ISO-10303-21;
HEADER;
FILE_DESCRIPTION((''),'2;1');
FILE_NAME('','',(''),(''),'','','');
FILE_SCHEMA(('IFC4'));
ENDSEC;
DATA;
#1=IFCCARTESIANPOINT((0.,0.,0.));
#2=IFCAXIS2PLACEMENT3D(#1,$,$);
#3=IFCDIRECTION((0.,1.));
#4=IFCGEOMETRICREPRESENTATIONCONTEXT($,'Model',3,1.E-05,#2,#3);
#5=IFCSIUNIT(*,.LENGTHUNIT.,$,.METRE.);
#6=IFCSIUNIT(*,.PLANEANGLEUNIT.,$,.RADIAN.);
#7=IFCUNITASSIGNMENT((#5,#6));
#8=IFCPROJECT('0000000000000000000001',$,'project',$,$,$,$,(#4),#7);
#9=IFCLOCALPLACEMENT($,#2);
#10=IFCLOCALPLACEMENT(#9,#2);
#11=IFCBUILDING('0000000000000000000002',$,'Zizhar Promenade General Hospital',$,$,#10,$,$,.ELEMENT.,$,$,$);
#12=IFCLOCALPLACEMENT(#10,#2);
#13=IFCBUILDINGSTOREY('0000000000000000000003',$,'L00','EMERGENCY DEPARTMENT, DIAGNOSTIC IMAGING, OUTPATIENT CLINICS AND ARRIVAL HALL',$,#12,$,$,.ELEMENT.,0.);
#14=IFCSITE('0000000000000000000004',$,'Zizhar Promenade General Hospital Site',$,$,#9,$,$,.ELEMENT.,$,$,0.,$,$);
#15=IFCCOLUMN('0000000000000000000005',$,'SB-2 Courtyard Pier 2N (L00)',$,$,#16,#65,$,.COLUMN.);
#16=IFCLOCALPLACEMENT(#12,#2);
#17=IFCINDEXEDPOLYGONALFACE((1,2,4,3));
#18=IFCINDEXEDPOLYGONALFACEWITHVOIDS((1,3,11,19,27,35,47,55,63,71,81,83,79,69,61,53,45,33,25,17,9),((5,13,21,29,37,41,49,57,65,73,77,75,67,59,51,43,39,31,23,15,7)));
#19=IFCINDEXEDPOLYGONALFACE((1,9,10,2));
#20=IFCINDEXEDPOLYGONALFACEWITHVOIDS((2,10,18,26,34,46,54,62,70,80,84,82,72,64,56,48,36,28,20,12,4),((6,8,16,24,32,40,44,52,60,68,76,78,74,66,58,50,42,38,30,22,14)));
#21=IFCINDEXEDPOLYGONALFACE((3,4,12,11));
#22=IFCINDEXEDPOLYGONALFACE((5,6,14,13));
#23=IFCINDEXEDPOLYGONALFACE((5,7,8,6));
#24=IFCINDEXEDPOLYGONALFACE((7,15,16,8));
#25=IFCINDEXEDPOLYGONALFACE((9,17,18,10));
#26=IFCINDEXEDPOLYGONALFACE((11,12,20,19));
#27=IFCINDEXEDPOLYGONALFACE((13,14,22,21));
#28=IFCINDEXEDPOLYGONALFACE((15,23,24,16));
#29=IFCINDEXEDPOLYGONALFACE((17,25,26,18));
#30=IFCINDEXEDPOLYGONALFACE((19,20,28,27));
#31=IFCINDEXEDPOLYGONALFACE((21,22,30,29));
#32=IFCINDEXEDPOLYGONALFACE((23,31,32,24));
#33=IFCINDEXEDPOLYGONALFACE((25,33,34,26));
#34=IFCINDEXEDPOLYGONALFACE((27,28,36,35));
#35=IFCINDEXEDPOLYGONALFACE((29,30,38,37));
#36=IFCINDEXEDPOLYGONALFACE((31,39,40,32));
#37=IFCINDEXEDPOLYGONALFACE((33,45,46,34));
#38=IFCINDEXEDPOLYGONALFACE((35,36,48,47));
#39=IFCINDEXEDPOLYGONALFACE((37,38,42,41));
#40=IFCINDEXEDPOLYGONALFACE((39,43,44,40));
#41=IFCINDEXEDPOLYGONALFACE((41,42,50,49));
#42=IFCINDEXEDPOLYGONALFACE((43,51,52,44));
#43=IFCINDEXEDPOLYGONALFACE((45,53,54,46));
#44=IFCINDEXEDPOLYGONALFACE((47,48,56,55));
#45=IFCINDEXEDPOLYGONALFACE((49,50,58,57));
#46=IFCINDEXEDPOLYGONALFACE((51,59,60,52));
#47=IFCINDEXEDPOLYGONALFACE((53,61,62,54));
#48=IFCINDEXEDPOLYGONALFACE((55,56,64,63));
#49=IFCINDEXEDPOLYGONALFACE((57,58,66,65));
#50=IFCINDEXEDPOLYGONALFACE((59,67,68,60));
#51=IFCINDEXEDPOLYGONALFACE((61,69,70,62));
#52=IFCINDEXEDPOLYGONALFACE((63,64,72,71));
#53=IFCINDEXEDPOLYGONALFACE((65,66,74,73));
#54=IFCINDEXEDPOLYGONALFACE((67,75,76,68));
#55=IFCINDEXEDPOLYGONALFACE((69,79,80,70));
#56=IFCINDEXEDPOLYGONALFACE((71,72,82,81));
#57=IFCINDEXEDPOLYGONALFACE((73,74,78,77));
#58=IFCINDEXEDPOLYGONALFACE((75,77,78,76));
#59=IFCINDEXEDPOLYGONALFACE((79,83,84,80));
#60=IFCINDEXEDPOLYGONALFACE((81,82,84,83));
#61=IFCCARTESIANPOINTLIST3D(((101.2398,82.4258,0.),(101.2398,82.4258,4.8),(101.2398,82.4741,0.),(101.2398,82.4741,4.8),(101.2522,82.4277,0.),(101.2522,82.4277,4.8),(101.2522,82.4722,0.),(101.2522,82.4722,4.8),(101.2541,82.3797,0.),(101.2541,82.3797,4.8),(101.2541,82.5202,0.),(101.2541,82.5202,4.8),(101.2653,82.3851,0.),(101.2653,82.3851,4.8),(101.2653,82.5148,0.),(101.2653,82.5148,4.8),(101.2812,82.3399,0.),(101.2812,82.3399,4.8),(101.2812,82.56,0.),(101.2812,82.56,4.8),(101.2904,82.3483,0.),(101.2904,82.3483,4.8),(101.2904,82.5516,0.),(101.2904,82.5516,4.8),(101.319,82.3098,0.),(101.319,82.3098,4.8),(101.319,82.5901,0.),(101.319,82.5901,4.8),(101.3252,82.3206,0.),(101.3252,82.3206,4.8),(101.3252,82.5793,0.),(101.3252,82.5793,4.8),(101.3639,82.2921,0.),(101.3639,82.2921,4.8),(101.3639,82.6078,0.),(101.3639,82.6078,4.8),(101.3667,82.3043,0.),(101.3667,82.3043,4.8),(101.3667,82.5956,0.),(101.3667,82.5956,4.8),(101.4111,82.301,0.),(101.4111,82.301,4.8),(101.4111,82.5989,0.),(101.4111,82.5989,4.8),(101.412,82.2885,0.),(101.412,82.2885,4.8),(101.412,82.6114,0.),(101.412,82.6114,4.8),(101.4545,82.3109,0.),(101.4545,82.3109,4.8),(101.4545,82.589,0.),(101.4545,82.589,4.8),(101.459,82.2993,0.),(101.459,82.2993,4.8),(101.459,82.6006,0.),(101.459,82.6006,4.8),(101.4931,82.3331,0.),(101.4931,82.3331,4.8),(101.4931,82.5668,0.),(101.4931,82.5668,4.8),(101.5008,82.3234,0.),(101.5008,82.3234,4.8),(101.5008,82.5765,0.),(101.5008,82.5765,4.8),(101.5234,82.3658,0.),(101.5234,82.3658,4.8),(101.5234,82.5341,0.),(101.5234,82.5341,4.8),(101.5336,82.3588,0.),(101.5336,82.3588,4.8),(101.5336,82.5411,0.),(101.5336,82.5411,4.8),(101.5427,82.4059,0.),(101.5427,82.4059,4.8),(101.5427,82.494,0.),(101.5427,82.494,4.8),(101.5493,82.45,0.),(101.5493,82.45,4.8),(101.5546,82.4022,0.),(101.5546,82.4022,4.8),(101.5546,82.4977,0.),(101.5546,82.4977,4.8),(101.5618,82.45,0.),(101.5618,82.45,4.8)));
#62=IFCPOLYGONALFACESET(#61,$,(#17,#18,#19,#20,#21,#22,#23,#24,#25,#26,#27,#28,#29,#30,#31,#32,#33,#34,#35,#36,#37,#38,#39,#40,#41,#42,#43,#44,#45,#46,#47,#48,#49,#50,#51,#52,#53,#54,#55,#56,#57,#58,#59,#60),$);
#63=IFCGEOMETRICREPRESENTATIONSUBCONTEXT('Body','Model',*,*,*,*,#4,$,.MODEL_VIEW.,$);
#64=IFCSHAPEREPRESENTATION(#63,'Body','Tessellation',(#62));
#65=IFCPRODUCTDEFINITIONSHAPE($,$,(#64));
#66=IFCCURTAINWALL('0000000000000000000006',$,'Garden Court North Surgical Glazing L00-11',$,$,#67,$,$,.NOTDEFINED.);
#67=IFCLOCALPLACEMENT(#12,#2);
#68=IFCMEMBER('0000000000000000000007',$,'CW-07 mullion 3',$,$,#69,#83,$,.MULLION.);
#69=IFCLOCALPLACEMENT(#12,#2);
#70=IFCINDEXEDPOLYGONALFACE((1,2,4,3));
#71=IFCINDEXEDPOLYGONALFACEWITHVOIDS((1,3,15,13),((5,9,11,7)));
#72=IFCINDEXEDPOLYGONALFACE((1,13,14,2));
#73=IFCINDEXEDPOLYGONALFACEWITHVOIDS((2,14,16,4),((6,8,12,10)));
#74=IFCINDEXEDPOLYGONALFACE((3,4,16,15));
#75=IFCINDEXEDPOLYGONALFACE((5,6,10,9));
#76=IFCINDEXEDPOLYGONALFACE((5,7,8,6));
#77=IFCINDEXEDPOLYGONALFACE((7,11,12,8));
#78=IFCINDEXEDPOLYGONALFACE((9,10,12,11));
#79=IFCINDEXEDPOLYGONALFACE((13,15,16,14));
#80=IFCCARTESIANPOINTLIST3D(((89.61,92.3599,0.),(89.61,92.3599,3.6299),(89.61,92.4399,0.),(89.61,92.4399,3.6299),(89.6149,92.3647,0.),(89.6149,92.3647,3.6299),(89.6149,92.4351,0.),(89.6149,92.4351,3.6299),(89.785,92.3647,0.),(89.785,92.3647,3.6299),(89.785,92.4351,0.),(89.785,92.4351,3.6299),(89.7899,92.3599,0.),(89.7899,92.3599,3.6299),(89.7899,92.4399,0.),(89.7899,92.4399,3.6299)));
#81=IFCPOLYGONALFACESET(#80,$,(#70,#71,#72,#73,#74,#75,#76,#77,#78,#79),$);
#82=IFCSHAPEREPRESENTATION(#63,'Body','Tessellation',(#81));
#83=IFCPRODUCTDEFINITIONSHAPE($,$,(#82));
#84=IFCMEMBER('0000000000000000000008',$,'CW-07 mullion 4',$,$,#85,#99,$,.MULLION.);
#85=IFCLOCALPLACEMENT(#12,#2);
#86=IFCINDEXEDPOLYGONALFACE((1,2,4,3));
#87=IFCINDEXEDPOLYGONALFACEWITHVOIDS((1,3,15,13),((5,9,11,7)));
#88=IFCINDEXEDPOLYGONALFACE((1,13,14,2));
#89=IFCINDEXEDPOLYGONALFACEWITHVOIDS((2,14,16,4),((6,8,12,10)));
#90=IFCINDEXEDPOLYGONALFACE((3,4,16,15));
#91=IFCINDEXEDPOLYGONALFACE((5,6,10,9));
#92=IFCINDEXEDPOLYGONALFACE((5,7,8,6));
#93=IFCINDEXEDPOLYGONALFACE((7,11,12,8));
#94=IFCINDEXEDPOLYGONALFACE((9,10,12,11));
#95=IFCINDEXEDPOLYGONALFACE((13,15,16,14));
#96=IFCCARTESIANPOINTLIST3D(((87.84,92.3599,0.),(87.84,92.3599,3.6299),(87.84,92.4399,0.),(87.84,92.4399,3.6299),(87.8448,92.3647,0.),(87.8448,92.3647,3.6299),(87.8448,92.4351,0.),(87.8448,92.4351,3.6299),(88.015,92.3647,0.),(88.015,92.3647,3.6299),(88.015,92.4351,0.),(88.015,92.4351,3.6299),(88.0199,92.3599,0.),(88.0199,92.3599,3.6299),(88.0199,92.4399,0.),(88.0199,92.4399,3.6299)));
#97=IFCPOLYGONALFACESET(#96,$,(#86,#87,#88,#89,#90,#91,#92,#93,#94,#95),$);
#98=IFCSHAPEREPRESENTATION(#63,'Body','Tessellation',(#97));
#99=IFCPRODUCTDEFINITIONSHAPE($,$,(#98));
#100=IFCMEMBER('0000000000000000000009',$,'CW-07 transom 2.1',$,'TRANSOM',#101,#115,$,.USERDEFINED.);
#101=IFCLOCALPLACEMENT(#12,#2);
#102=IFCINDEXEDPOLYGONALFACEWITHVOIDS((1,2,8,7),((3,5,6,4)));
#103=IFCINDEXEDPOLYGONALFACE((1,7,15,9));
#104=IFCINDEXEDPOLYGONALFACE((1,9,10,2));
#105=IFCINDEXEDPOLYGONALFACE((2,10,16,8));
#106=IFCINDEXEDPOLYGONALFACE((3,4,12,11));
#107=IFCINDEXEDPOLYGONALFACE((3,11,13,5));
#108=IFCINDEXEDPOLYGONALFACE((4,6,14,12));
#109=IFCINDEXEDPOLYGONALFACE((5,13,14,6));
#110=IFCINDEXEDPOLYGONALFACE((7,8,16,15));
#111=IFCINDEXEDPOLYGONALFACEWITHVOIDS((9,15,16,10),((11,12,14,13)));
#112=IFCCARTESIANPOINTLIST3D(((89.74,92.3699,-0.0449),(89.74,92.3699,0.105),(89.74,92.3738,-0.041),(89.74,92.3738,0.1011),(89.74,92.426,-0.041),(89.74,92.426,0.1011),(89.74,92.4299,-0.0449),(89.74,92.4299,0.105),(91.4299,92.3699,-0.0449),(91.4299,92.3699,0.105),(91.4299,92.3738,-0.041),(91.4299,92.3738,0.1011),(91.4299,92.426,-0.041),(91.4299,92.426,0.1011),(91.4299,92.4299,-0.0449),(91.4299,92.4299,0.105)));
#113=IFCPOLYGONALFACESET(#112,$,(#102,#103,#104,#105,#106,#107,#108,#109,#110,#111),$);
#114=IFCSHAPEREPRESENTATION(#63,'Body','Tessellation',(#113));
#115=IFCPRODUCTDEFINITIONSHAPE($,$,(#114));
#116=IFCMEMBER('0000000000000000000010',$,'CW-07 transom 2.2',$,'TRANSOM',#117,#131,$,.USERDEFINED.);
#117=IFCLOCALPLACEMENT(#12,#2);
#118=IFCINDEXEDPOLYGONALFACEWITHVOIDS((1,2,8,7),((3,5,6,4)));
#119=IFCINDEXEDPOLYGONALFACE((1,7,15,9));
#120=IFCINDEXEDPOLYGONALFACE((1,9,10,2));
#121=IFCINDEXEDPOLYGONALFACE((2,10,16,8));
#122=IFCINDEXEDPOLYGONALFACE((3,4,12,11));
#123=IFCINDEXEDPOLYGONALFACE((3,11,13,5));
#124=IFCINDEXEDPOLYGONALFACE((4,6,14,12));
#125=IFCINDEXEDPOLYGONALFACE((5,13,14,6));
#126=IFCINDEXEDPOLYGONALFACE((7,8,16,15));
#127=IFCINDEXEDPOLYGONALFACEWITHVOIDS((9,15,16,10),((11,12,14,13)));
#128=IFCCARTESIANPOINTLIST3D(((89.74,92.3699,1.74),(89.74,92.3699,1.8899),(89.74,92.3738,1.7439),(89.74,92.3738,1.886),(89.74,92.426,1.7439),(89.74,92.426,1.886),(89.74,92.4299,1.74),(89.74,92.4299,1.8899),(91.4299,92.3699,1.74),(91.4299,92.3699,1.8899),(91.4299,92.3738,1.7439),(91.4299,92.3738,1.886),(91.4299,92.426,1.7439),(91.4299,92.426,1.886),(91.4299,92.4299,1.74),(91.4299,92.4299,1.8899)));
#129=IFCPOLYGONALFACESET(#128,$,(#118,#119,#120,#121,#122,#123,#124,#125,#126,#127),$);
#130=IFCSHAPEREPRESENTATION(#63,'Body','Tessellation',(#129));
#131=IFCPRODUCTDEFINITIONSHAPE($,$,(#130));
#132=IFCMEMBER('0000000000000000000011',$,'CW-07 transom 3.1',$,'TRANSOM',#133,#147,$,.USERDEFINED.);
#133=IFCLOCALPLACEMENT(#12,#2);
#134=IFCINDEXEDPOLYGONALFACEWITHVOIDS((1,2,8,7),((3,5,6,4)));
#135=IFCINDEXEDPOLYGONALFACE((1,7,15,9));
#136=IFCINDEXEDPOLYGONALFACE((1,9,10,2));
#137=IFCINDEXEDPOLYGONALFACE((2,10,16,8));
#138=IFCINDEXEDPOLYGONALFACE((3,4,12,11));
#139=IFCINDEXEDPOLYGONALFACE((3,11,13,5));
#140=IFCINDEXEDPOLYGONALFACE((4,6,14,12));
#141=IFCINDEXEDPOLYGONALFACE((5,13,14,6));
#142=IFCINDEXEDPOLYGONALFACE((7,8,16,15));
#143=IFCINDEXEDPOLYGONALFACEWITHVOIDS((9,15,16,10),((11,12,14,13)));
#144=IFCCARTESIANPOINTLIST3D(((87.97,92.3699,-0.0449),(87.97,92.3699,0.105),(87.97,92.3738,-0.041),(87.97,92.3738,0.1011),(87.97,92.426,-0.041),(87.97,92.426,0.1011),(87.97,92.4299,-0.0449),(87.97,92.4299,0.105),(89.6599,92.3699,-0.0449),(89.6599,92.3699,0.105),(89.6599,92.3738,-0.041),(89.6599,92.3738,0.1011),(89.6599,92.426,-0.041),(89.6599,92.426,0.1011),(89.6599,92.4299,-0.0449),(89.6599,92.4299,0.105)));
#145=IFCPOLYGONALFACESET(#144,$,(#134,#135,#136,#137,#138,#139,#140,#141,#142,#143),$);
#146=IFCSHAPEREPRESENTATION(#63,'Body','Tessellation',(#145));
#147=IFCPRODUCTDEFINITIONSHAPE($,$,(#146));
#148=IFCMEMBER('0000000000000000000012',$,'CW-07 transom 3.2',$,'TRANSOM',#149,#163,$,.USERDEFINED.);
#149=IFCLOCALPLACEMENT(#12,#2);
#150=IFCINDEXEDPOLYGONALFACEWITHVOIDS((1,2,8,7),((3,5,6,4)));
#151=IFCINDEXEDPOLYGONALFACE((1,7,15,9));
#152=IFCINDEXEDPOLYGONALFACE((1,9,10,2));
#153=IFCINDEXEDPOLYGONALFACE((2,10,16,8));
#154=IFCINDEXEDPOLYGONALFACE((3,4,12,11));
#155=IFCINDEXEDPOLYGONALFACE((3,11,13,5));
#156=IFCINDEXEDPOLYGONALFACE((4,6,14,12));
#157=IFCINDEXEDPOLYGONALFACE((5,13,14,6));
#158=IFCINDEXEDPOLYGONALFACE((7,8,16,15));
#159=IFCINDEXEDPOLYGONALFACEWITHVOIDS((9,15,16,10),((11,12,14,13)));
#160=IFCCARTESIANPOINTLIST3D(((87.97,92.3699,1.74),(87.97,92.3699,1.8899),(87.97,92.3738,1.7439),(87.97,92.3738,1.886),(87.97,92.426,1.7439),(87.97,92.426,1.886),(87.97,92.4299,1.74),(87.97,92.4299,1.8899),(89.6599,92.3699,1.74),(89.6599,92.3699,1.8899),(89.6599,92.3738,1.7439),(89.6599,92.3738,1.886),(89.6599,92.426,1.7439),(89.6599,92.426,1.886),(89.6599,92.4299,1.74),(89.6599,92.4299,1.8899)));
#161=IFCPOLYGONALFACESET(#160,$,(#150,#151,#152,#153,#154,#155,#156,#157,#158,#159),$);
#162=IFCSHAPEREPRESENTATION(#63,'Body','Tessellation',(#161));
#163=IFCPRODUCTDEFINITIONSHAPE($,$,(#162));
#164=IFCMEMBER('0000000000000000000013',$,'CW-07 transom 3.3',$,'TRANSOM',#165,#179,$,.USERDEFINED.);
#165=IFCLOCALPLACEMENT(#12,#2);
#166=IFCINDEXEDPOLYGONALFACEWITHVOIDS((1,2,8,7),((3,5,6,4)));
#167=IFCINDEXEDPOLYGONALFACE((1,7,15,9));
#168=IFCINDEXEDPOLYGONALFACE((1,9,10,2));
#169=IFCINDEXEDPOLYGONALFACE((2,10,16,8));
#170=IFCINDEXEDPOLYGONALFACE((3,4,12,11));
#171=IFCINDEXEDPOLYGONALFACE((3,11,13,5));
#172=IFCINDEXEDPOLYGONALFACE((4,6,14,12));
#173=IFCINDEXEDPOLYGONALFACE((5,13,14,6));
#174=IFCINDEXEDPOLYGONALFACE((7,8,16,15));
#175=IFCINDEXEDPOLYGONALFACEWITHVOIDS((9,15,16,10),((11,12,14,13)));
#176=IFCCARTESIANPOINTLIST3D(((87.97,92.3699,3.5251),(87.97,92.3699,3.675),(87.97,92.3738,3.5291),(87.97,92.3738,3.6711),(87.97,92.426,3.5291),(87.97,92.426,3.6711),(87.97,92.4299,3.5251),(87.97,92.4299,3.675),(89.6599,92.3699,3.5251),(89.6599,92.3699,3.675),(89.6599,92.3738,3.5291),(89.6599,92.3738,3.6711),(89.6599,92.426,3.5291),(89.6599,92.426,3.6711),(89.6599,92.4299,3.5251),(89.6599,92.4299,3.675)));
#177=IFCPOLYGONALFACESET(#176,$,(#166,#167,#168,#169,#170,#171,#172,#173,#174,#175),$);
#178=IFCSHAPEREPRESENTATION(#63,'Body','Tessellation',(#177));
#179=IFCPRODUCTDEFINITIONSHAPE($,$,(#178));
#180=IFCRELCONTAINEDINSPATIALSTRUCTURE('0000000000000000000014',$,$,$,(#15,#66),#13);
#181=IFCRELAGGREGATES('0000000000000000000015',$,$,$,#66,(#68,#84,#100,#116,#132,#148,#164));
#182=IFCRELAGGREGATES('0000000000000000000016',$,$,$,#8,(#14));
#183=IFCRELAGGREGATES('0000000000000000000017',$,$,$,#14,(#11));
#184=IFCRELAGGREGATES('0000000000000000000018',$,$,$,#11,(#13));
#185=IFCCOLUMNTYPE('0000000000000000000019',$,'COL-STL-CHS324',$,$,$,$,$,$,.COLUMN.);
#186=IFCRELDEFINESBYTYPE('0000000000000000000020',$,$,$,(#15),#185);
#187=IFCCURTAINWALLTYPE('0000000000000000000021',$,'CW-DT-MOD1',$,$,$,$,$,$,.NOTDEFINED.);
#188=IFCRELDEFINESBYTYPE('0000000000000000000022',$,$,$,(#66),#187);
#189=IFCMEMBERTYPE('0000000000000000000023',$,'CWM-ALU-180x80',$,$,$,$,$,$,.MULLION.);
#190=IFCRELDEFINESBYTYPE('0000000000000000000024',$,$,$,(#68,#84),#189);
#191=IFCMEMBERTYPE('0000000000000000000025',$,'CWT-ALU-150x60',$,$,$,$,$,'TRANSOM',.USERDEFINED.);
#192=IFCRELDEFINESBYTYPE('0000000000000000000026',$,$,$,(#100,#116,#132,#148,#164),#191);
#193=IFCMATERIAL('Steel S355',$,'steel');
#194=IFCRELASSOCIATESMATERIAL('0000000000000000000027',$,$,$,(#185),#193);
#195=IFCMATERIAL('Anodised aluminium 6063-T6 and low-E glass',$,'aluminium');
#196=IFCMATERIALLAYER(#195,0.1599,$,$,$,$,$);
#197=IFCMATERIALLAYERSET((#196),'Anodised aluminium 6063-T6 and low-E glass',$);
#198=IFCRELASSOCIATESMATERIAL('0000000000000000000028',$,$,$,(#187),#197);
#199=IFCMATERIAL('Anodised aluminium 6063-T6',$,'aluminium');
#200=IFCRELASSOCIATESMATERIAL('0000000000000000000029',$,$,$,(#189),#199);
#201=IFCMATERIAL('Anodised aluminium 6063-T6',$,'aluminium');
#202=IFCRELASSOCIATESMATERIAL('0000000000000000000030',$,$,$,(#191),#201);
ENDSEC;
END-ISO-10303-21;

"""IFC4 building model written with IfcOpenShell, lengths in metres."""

from ifc_helpers import new_model, si_unit, direction, frame, origin, origin_2d, place, context, subcontext, project, spatial, hollow_rectangle, hollow_circle, extrude, material, layer, layer_set, material_profile, profile_set, type_object, element, aggregate, save


model = new_model("IFC4")

# Units and contexts
model_context = context("Model", 3, precision=1e-05, world=origin(), true_north=direction((0.0, 1.0)))
body_context = subcontext(model_context, "Body", "Model", "MODEL_VIEW")
ifc_project = project(units=[si_unit("LENGTHUNIT", "METRE"), si_unit("PLANEANGLEUNIT", "RADIAN")], contexts=[model_context])

# Site, building, storey
site_placement = place(None, origin())
site = spatial("IfcSite", under=ifc_project, at=site_placement, Name="Zizhar Promenade General Hospital Site", CompositionType="ELEMENT", RefElevation=0.0)
building_placement = place(site_placement, origin())
building = spatial("IfcBuilding", under=site, at=building_placement, Name="Zizhar Promenade General Hospital", CompositionType="ELEMENT")
storey_placement = place(building_placement, origin())
storey = spatial("IfcBuildingStorey", under=building, at=storey_placement, Name="L00", Description="EMERGENCY DEPARTMENT, DIAGNOSTIC IMAGING, OUTPATIENT CLINICS AND ARRIVAL HALL", CompositionType="ELEMENT", Elevation=0.0)

# Column
ifc_material_1 = material(Name="Steel S355", Category="steel")
ifc_material_profile_1 = material_profile(ifc_material_1, hollow_circle(Radius=0.1619, WallThickness=0.0125, at=origin_2d()))
ifc_profile_set_1 = profile_set([ifc_material_profile_1], Name="Steel S355")
column_type = type_object("IfcColumnType", Name="COL-STL-CHS324", PredefinedType="COLUMN", material=ifc_profile_set_1)
for number, where, z_axis, x_axis, name in (
    (1, (101.3999, 82.45, 0.0), (0.0, 0.0, 1.0), (1.0, 0.0, 0.0), "SB-2 Courtyard Pier 2N (L00)"),
):
    element("IfcColumn", number, at=place(storey_placement, frame(where, z_axis=z_axis, x_axis=x_axis)), inside=storey, type_object=column_type, Name=name, PredefinedType="COLUMN", context=body_context, shape_type="SweptSolid", body=[
        extrude(hollow_circle(Radius=0.1619, WallThickness=0.0125, at=origin_2d()), origin(), (0.0, 0.0, 1.0), 4.8),
    ])

# Curtain wall, members
ifc_material_2 = material(Name="Anodised aluminium 6063-T6 and low-E glass", Category="aluminium")
ifc_layer_1 = layer(ifc_material_2, 0.1599)
ifc_layer_set_1 = layer_set([ifc_layer_1], Name="Anodised aluminium 6063-T6 and low-E glass")
curtain_wall_type = type_object("IfcCurtainWallType", Name="CW-DT-MOD1", PredefinedType="NOTDEFINED", material=ifc_layer_set_1)
curtain_wall_placement = place(storey_placement, origin())
curtain_wall = element("IfcCurtainWall", 2, at=curtain_wall_placement, inside=storey, type_object=curtain_wall_type, Name="Garden Court North Surgical Glazing L00-11", PredefinedType="NOTDEFINED")
ifc_material_3 = material(Name="Anodised aluminium 6063-T6", Category="aluminium")
ifc_material_profile_2 = material_profile(ifc_material_3, hollow_rectangle(XDim=0.0801, YDim=0.1799, WallThickness=0.0049, at=origin_2d()))
ifc_profile_set_2 = profile_set([ifc_material_profile_2], Name="Anodised aluminium 6063-T6")
member_type_1 = type_object("IfcMemberType", Name="CWM-ALU-180x80", PredefinedType="MULLION", material=ifc_profile_set_2)
member_1_placement = place(storey_placement, frame((89.7, 92.3999, 0.0), z_axis=(0.0, 0.0, 1.0), x_axis=(0.0, -1.0, 0.0)))
member_1 = element("IfcMember", 3, at=member_1_placement, type_object=member_type_1, Name="CW-07 mullion 3", PredefinedType="MULLION", context=body_context, shape_type="SweptSolid", body=[
    extrude(hollow_rectangle(XDim=0.0801, YDim=0.1799, WallThickness=0.0049, at=origin_2d()), origin(), (0.0, 0.0, 1.0), 3.6299),
])
member_2_placement = place(storey_placement, frame((87.9299, 92.3999, 0.0), z_axis=(0.0, 0.0, 1.0), x_axis=(0.0, -1.0, 0.0)))
member_2 = element("IfcMember", 4, at=member_2_placement, type_object=member_type_1, Name="CW-07 mullion 4", PredefinedType="MULLION", context=body_context, shape_type="SweptSolid", body=[
    extrude(hollow_rectangle(XDim=0.0801, YDim=0.1799, WallThickness=0.0049, at=origin_2d()), origin(), (0.0, 0.0, 1.0), 3.6299),
])
ifc_material_4 = material(Name="Anodised aluminium 6063-T6", Category="aluminium")
ifc_material_profile_3 = material_profile(ifc_material_4, hollow_rectangle(XDim=0.0601, YDim=0.1499, WallThickness=0.0039, at=origin_2d()))
ifc_profile_set_3 = profile_set([ifc_material_profile_3], Name="Anodised aluminium 6063-T6")
member_type_2 = type_object("IfcMemberType", Name="CWT-ALU-150x60", ElementType="TRANSOM", PredefinedType="USERDEFINED", material=ifc_profile_set_3)
member_3_placement = place(storey_placement, frame((91.4299, 92.3999, 0.03), z_axis=(-1.0, 0.0, 0.0), x_axis=(0.0, -1.0, 0.0)))
member_3 = element("IfcMember", 5, at=member_3_placement, type_object=member_type_2, Name="CW-07 transom 2.1", ObjectType="TRANSOM", PredefinedType="USERDEFINED", context=body_context, shape_type="SweptSolid", body=[
    extrude(hollow_rectangle(XDim=0.0601, YDim=0.1499, WallThickness=0.0039, at=origin_2d()), origin(), (0.0, 0.0, 1.0), 1.6899),
])
member_4_placement = place(storey_placement, frame((91.4299, 92.3999, 1.8149), z_axis=(-1.0, 0.0, 0.0), x_axis=(0.0, -1.0, 0.0)))
member_4 = element("IfcMember", 6, at=member_4_placement, type_object=member_type_2, Name="CW-07 transom 2.2", ObjectType="TRANSOM", PredefinedType="USERDEFINED", context=body_context, shape_type="SweptSolid", body=[
    extrude(hollow_rectangle(XDim=0.0601, YDim=0.1499, WallThickness=0.0039, at=origin_2d()), origin(), (0.0, 0.0, 1.0), 1.6899),
])
member_5_placement = place(storey_placement, frame((89.6599, 92.3999, 0.03), z_axis=(-1.0, 0.0, 0.0), x_axis=(0.0, -1.0, 0.0)))
member_5 = element("IfcMember", 7, at=member_5_placement, type_object=member_type_2, Name="CW-07 transom 3.1", ObjectType="TRANSOM", PredefinedType="USERDEFINED", context=body_context, shape_type="SweptSolid", body=[
    extrude(hollow_rectangle(XDim=0.0601, YDim=0.1499, WallThickness=0.0039, at=origin_2d()), origin(), (0.0, 0.0, 1.0), 1.6899),
])
member_6_placement = place(storey_placement, frame((89.6599, 92.3999, 1.8149), z_axis=(-1.0, 0.0, 0.0), x_axis=(0.0, -1.0, 0.0)))
member_6 = element("IfcMember", 8, at=member_6_placement, type_object=member_type_2, Name="CW-07 transom 3.2", ObjectType="TRANSOM", PredefinedType="USERDEFINED", context=body_context, shape_type="SweptSolid", body=[
    extrude(hollow_rectangle(XDim=0.0601, YDim=0.1499, WallThickness=0.0039, at=origin_2d()), origin(), (0.0, 0.0, 1.0), 1.6899),
])
member_7_placement = place(storey_placement, frame((89.6599, 92.3999, 3.6001), z_axis=(-1.0, 0.0, 0.0), x_axis=(0.0, -1.0, 0.0)))
member_7 = element("IfcMember", 9, at=member_7_placement, type_object=member_type_2, Name="CW-07 transom 3.3", ObjectType="TRANSOM", PredefinedType="USERDEFINED", context=body_context, shape_type="SweptSolid", body=[
    extrude(hollow_rectangle(XDim=0.0601, YDim=0.1499, WallThickness=0.0039, at=origin_2d()), origin(), (0.0, 0.0, 1.0), 1.6899),
])
aggregate(curtain_wall, [member_1, member_2, member_3, member_4, member_5, member_6, member_7])

save(model, "model.ifc")
